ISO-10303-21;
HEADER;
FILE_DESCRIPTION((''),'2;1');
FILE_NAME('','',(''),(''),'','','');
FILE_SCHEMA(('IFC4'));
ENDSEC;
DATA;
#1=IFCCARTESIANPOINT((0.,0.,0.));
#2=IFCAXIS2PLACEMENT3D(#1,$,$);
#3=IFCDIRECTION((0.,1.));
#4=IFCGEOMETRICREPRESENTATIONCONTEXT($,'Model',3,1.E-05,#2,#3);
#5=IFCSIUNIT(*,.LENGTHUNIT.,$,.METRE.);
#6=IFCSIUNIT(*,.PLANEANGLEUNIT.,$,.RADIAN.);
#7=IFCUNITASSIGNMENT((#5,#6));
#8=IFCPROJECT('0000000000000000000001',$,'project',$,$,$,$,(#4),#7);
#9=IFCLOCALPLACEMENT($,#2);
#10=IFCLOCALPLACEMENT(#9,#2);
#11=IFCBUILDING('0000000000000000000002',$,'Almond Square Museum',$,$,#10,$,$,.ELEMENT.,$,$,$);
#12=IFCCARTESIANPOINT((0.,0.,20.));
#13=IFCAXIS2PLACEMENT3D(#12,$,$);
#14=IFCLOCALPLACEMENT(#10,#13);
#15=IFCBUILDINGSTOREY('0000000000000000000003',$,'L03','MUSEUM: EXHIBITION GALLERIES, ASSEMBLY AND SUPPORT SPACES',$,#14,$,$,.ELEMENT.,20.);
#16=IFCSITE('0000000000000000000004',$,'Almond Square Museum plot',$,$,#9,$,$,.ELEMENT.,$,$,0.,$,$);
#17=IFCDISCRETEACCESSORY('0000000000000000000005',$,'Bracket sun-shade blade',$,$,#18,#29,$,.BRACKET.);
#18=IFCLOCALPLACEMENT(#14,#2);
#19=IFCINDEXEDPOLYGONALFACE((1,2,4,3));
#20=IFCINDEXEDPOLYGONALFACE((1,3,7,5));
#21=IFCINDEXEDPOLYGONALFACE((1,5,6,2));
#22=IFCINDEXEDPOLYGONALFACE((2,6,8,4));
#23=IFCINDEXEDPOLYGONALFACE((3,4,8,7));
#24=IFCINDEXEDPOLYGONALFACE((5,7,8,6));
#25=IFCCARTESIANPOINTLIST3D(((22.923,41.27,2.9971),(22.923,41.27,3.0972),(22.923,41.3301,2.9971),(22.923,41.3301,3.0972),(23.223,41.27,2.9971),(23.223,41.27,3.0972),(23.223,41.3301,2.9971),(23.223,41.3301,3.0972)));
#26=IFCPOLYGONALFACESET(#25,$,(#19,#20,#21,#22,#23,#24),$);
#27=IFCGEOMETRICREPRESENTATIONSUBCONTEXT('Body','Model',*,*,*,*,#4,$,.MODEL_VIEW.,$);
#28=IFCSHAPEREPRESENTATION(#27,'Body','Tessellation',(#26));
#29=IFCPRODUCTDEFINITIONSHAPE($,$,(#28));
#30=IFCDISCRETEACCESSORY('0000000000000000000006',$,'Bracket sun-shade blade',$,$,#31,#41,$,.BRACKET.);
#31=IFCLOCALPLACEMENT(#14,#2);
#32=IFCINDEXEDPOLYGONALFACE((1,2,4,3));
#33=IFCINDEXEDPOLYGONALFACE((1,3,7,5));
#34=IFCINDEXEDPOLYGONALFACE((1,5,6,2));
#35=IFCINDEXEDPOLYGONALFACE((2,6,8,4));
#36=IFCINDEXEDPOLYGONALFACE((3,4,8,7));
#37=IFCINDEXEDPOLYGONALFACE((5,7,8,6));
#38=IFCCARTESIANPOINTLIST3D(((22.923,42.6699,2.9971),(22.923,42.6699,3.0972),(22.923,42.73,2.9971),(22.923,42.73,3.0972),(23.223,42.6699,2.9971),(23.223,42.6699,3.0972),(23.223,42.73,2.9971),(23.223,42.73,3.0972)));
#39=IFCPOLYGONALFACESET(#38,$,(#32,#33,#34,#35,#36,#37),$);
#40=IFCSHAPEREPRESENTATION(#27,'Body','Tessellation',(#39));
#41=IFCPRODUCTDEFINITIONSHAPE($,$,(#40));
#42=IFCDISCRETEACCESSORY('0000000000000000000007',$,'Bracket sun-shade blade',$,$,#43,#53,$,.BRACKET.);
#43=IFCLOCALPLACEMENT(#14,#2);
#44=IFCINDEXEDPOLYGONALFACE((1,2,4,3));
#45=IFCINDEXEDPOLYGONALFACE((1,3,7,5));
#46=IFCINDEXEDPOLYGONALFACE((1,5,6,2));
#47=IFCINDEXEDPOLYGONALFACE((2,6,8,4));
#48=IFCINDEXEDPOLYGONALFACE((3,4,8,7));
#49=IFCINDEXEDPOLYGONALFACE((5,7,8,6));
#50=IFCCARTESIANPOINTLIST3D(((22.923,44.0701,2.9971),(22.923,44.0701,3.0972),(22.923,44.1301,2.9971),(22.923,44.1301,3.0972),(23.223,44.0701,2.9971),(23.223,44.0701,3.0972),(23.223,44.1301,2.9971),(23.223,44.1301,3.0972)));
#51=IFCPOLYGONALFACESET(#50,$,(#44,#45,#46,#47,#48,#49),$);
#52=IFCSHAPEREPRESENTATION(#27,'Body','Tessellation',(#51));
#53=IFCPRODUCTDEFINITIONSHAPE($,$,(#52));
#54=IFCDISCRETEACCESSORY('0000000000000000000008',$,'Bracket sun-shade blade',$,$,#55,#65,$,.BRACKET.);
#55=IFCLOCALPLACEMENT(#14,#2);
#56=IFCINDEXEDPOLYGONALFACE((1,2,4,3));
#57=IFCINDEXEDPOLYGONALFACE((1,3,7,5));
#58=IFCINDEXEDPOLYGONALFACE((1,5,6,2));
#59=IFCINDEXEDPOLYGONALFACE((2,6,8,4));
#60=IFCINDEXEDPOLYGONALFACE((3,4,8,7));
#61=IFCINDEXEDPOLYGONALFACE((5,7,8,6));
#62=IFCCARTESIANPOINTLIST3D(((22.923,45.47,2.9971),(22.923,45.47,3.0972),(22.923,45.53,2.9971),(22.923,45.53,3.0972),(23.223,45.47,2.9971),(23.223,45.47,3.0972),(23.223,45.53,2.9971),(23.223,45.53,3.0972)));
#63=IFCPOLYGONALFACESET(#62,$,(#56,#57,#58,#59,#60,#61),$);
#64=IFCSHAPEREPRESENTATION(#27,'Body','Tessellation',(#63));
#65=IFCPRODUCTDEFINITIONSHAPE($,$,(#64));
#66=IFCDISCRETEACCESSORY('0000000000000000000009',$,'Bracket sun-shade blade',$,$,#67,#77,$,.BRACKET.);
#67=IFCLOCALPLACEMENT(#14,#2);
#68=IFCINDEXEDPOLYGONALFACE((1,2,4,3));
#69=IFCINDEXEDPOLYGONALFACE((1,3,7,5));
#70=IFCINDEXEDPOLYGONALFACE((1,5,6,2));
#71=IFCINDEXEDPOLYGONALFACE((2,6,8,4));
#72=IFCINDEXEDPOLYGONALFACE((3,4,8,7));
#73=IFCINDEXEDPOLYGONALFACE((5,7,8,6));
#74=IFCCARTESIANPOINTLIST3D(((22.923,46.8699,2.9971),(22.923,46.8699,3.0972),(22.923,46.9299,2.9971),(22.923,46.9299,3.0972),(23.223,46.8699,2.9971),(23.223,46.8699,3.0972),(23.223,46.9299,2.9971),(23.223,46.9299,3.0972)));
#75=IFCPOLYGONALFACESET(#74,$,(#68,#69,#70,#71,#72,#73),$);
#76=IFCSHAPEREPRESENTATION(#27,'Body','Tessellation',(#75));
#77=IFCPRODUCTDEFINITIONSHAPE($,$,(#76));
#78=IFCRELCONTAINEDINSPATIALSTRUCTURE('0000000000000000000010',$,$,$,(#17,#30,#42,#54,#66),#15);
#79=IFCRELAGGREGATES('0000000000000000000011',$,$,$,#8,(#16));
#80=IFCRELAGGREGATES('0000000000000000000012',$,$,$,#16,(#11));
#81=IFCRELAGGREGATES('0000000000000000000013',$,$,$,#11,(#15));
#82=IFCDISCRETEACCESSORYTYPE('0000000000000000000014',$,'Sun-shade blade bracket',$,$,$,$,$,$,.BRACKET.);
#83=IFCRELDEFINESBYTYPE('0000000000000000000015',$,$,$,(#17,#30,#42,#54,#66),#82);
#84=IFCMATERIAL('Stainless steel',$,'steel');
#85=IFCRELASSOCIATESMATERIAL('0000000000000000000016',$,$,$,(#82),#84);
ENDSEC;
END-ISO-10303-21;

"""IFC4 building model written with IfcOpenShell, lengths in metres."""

from ifc_helpers import new_model, si_unit, direction, frame, origin, origin_2d, place, context, subcontext, project, spatial, rectangle, extrude, material, type_object, element, save


model = new_model("IFC4")

# Units and contexts
model_context = context("Model", 3, precision=1e-05, world=origin(), true_north=direction((0.0, 1.0)))
body_context = subcontext(model_context, "Body", "Model", "MODEL_VIEW")
ifc_project = project(units=[si_unit("LENGTHUNIT", "METRE"), si_unit("PLANEANGLEUNIT", "RADIAN")], contexts=[model_context])

# Site, building, storey
site_placement = place(None, origin())
site = spatial("IfcSite", under=ifc_project, at=site_placement, Name="Almond Square Museum plot", CompositionType="ELEMENT", RefElevation=0.0)
building_placement = place(site_placement, origin())
building = spatial("IfcBuilding", under=site, at=building_placement, Name="Almond Square Museum", CompositionType="ELEMENT")
storey_placement = place(building_placement, frame((0.0, 0.0, 20.0)))
storey = spatial("IfcBuildingStorey", under=building, at=storey_placement, Name="L03", Description="MUSEUM: EXHIBITION GALLERIES, ASSEMBLY AND SUPPORT SPACES", CompositionType="ELEMENT", Elevation=20.0)

# Discrete accessories
ifc_material_1 = material(Name="Stainless steel", Category="steel")
discrete_accessory_type = type_object("IfcDiscreteAccessoryType", Name="Sun-shade blade bracket", PredefinedType="BRACKET", material=ifc_material_1)
for number, where, z_axis, x_axis, name in (
    (1, (23.073, 41.3, 2.9971), (0.0, 0.0, 1.0), (1.0, 0.0, 0.0), "Bracket sun-shade blade"),
    (2, (23.073, 42.7, 2.9971), (0.0, 0.0, 1.0), (1.0, 0.0, 0.0), "Bracket sun-shade blade"),
    (3, (23.073, 44.1001, 2.9971), (0.0, 0.0, 1.0), (1.0, 0.0, 0.0), "Bracket sun-shade blade"),
    (4, (23.073, 45.5, 2.9971), (0.0, 0.0, 1.0), (1.0, 0.0, 0.0), "Bracket sun-shade blade"),
    (5, (23.073, 46.8999, 2.9971), (0.0, 0.0, 1.0), (1.0, 0.0, 0.0), "Bracket sun-shade blade"),
):
    element("IfcDiscreteAccessory", number, at=place(storey_placement, frame(where, z_axis=z_axis, x_axis=x_axis)), inside=storey, type_object=discrete_accessory_type, Name=name, PredefinedType="BRACKET", context=body_context, shape_type="SweptSolid", body=[
        extrude(rectangle(XDim=0.3, YDim=0.0601, at=origin_2d()), origin(), (0.0, 0.0, 1.0), 0.1001),
    ])

save(model, "model.ifc")
